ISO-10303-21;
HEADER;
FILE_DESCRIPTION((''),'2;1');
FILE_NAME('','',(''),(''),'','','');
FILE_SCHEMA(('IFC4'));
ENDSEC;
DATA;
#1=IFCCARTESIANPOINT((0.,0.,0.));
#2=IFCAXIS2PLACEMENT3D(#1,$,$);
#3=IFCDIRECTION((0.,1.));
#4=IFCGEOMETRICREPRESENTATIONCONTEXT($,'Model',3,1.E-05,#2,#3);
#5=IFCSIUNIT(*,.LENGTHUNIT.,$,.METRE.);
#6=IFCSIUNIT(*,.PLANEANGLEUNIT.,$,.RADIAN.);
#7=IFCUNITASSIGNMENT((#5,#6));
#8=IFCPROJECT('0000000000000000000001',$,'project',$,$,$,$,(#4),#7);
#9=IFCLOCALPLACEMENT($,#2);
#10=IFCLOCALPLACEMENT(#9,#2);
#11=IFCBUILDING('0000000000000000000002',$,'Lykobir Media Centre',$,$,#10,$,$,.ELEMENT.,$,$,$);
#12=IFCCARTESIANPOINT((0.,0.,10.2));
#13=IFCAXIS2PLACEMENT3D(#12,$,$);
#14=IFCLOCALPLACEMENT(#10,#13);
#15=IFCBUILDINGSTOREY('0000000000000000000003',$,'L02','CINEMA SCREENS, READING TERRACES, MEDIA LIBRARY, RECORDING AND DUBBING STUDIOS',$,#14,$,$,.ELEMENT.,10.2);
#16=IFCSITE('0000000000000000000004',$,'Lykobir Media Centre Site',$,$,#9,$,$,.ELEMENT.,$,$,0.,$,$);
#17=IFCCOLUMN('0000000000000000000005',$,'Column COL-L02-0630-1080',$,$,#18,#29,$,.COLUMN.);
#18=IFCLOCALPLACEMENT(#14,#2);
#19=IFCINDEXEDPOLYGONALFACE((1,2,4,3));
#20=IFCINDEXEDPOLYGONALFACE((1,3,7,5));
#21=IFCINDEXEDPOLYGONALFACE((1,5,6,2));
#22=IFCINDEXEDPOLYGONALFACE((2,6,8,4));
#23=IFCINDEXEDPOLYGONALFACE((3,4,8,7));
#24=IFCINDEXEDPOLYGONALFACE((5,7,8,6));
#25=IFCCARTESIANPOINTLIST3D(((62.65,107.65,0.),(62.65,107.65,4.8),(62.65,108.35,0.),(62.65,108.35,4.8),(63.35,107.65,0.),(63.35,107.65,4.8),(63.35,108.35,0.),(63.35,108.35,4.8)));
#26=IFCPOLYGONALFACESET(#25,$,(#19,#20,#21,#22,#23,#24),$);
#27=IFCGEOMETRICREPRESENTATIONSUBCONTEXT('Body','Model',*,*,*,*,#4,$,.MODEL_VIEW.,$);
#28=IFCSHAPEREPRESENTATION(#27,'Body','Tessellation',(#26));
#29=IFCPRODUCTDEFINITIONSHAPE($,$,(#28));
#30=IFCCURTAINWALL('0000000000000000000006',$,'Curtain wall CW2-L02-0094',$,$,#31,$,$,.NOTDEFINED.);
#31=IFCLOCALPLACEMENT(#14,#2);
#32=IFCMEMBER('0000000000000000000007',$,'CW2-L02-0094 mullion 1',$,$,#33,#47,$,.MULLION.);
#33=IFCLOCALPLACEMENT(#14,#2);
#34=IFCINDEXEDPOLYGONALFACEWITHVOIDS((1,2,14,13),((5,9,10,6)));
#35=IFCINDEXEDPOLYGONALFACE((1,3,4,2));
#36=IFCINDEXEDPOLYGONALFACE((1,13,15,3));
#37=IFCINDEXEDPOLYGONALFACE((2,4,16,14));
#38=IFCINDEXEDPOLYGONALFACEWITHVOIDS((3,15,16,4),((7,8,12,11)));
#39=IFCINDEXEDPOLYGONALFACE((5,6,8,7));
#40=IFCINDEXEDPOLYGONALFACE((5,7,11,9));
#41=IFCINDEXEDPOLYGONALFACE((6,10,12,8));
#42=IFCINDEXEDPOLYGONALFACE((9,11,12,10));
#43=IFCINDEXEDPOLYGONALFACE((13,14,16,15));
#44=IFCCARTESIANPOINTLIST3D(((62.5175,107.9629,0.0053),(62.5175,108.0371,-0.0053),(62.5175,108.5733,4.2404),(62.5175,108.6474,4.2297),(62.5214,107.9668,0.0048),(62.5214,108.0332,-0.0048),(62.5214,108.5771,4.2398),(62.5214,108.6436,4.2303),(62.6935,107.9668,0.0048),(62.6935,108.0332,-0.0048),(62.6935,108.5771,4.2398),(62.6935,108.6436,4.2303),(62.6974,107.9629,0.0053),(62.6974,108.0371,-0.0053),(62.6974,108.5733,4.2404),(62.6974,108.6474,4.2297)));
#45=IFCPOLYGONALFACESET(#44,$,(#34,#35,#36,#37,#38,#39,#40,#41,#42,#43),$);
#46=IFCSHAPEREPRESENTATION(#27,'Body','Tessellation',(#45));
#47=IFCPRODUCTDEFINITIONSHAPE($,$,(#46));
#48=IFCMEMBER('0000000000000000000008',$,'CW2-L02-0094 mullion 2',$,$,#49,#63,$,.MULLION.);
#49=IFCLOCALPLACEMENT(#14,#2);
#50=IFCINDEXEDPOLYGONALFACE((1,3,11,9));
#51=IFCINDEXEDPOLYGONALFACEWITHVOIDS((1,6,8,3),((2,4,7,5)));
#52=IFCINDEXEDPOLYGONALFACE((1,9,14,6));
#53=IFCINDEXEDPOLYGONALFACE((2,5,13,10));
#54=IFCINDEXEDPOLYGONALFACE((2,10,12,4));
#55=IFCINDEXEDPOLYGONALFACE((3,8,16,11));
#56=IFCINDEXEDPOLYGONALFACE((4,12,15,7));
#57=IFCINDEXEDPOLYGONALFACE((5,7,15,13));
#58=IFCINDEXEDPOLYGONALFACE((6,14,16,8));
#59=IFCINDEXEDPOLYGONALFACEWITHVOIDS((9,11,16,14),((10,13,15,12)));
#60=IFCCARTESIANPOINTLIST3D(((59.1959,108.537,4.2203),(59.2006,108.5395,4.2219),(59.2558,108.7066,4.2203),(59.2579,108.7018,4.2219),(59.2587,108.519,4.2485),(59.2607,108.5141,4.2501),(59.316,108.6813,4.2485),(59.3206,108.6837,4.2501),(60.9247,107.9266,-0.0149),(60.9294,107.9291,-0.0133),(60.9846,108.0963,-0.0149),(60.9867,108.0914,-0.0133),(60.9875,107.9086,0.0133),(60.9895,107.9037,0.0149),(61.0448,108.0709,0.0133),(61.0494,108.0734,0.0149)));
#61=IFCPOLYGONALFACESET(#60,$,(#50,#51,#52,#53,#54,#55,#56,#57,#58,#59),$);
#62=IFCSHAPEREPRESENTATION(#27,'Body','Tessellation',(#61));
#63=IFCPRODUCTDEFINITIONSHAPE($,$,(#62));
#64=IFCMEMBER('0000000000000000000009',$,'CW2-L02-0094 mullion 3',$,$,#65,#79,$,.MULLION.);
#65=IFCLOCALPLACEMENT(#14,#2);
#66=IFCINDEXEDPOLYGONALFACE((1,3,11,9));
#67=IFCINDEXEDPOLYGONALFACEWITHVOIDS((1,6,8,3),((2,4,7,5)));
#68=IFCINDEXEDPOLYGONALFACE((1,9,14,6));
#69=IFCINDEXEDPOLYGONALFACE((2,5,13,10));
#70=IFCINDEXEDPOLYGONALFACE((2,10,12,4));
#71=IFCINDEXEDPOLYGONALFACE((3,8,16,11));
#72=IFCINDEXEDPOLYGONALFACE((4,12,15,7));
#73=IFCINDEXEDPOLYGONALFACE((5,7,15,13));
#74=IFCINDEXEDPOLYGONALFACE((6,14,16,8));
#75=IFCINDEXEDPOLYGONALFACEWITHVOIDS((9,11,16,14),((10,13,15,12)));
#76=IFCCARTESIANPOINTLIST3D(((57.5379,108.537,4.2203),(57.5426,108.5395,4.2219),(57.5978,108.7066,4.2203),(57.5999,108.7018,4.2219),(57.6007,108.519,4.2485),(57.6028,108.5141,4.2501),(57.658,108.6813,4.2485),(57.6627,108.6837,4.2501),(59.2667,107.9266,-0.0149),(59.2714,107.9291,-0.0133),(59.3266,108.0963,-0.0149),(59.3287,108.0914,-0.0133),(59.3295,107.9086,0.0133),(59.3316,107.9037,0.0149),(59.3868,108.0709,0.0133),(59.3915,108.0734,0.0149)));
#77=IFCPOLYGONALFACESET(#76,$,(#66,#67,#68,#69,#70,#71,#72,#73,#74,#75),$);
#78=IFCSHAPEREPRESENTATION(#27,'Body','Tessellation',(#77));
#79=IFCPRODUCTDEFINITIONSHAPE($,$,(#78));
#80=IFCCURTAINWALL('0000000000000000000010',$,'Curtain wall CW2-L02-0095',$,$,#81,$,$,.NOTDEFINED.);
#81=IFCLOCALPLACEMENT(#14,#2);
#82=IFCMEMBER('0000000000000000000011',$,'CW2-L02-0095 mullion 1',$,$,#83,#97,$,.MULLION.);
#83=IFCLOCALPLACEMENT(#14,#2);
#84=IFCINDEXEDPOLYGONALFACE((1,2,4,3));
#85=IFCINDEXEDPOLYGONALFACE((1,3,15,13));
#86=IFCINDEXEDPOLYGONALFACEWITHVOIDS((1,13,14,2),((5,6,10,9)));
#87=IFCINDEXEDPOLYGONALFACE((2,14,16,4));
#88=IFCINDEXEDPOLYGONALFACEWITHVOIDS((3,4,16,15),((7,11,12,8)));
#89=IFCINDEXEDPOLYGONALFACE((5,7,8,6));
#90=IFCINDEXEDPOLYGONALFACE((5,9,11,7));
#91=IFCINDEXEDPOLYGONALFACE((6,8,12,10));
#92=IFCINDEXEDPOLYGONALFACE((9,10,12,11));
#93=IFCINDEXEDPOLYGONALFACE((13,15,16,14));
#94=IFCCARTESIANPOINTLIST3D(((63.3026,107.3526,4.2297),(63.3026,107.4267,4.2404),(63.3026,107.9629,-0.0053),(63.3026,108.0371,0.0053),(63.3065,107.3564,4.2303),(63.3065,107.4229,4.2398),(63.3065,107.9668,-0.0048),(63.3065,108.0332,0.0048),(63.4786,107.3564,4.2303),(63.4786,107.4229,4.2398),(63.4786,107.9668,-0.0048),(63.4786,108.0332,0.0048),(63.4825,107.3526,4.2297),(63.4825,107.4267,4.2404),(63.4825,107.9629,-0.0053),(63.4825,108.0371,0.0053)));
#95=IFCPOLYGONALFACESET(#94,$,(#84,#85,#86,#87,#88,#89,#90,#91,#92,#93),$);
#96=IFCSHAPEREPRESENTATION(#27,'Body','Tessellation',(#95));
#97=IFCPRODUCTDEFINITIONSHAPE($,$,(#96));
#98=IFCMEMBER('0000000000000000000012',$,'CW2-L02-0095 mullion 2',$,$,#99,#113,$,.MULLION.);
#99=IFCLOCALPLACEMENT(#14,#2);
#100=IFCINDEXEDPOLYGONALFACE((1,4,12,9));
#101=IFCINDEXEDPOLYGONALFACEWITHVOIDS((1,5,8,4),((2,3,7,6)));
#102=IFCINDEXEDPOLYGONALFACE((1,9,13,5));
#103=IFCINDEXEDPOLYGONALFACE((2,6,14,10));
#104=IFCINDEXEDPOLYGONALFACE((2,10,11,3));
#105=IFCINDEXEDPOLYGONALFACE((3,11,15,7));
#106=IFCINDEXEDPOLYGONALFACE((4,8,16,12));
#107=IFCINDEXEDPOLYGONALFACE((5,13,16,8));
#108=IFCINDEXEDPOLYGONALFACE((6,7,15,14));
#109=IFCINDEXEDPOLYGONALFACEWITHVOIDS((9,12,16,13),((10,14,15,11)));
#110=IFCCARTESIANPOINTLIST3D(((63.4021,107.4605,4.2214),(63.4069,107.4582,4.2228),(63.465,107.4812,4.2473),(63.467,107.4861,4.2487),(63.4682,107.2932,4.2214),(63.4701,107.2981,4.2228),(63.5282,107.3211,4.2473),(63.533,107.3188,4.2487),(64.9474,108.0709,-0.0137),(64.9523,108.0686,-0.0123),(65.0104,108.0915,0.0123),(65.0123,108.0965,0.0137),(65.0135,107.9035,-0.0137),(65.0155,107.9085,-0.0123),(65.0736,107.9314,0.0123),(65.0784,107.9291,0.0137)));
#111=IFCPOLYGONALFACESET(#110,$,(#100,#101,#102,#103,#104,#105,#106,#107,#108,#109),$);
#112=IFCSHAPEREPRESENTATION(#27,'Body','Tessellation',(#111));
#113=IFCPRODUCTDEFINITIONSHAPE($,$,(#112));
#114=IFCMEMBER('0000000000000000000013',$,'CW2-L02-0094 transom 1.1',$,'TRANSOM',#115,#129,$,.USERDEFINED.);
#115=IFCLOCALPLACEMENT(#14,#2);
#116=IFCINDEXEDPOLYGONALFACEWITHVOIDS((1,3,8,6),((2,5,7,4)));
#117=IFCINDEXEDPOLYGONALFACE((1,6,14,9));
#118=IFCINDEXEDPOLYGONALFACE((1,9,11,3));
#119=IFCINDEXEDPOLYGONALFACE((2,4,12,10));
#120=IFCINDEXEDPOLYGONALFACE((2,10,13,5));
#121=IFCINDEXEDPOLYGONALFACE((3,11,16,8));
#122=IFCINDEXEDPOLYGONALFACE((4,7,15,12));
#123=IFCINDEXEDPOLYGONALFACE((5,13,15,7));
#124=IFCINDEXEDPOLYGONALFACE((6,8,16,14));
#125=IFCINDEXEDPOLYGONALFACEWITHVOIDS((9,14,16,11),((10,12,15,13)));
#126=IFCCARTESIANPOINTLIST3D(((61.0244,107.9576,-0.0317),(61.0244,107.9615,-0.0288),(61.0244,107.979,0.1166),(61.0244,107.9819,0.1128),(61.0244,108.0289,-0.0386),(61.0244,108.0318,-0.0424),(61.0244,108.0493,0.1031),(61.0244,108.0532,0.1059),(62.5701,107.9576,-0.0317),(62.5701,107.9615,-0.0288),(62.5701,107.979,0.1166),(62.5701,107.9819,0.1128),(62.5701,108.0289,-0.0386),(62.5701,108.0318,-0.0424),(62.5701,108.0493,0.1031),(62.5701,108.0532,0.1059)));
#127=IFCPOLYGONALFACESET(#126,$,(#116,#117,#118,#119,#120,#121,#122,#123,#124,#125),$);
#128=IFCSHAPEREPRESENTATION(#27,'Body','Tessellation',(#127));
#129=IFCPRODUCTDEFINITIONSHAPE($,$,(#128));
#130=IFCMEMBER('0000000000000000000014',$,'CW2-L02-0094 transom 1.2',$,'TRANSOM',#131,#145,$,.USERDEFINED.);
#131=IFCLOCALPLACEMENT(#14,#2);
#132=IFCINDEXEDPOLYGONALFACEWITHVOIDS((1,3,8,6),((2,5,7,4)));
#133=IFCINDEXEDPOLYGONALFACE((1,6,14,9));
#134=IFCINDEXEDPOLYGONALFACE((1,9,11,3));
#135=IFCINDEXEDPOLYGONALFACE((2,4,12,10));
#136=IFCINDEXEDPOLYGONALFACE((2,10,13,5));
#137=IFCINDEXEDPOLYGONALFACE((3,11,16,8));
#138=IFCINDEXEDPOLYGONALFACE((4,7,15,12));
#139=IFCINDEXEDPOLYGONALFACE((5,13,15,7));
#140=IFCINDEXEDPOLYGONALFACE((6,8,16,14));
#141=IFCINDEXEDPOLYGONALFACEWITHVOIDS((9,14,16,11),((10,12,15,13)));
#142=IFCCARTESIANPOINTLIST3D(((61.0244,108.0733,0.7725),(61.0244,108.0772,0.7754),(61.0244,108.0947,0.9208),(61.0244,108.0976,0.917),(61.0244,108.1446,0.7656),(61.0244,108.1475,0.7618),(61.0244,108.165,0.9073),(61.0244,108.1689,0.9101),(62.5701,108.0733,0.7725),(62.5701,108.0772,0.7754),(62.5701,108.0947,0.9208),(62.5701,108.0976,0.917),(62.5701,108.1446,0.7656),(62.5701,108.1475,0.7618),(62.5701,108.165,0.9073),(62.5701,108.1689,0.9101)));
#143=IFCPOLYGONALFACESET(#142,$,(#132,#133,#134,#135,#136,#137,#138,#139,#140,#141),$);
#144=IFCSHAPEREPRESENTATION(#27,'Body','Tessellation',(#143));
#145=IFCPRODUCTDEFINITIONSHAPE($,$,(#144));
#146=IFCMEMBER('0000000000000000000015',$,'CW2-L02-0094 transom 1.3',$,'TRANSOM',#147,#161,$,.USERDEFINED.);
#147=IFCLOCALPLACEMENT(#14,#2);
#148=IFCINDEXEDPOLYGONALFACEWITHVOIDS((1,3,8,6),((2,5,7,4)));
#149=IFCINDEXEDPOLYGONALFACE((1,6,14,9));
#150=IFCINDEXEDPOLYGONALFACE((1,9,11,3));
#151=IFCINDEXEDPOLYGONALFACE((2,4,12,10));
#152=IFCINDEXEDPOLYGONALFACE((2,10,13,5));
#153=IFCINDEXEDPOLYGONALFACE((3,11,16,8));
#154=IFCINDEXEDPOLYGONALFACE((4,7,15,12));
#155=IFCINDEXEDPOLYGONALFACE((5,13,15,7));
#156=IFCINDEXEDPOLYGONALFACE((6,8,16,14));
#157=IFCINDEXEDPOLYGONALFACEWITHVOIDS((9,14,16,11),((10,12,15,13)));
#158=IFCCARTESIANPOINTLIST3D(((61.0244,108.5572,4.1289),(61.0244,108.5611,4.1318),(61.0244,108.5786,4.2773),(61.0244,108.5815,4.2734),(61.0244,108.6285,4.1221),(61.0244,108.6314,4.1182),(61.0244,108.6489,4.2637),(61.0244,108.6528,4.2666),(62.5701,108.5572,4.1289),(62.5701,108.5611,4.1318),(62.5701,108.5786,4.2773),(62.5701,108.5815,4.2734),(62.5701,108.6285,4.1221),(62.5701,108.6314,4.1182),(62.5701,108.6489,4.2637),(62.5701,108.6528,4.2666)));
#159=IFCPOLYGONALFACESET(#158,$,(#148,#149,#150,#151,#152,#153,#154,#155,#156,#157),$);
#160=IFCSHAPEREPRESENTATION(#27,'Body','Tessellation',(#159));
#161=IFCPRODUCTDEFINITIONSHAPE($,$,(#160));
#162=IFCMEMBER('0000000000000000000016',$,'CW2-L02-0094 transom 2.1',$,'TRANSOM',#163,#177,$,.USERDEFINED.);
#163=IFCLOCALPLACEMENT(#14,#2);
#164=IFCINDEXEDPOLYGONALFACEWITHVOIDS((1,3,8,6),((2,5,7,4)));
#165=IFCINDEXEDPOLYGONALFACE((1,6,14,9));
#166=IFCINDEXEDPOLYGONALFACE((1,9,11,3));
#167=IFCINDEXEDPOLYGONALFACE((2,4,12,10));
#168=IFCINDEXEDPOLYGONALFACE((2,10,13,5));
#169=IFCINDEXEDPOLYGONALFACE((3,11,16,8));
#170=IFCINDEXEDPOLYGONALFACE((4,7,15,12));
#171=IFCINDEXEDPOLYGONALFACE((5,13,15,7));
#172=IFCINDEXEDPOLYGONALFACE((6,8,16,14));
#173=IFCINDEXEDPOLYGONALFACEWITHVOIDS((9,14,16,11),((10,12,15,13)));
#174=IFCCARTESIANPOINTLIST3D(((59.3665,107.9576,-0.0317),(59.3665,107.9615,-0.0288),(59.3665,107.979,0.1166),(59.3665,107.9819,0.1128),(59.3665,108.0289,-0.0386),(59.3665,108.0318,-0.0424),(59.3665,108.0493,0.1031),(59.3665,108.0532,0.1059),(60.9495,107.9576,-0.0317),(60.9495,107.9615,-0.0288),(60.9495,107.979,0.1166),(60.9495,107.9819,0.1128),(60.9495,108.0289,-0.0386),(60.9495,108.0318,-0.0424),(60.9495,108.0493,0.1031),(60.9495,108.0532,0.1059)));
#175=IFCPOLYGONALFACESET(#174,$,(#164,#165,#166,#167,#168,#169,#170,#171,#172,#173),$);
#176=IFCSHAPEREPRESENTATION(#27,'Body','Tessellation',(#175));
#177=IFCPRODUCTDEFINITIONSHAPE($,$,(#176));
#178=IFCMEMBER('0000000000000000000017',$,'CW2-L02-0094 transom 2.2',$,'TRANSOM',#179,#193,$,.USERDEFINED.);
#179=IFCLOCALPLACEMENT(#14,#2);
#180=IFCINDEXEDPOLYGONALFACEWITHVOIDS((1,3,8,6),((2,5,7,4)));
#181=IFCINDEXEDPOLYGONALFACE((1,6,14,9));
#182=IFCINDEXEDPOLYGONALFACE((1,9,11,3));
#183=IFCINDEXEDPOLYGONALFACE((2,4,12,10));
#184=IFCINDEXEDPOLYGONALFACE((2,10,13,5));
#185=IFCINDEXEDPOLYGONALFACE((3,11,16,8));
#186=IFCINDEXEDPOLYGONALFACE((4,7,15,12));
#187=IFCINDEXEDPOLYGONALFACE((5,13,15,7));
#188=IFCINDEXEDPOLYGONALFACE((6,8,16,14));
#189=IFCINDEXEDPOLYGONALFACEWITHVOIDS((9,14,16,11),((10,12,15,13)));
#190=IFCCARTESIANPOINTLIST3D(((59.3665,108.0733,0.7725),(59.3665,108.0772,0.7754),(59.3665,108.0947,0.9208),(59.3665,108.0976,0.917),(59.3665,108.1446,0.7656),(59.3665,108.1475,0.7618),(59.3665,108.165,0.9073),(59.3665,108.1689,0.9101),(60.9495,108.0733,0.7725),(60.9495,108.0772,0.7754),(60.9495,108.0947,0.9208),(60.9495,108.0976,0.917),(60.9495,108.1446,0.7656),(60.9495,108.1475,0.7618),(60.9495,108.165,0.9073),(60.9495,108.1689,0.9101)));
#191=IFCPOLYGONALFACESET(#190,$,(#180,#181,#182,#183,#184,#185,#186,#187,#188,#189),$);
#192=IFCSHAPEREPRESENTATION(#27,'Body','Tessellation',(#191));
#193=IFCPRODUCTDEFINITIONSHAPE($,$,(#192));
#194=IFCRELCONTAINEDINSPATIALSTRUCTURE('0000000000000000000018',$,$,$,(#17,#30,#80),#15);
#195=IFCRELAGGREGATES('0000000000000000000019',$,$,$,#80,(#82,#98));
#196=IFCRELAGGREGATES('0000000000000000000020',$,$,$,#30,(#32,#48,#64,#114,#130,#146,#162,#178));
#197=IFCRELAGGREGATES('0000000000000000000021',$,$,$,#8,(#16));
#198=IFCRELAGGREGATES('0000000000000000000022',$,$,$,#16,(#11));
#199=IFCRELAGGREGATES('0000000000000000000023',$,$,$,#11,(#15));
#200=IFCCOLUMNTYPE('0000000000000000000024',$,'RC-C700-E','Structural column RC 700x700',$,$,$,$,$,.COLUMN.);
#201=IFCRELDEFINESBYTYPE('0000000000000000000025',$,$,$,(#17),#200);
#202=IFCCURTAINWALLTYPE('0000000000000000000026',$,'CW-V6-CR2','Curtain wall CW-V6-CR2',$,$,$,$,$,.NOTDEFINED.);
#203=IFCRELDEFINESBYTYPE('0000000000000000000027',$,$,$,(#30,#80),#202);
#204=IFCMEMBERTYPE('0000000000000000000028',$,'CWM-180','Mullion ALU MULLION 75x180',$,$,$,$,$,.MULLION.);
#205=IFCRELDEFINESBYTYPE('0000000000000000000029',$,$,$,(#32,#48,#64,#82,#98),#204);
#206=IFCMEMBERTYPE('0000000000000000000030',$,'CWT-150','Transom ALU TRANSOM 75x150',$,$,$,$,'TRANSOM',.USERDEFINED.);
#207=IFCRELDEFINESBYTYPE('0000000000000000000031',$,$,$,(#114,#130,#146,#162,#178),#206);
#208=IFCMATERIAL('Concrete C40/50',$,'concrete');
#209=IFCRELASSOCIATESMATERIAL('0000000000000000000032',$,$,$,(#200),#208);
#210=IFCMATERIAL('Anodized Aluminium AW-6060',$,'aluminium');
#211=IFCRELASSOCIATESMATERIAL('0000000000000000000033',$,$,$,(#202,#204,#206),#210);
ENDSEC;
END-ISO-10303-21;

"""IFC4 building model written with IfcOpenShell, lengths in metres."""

from ifc_helpers import new_model, si_unit, direction, frame, origin, origin_2d, place, context, subcontext, project, spatial, rectangle, hollow_rectangle, extrude, material, material_profile, profile_set, type_object, element, aggregate, save


model = new_model("IFC4")

# Units and contexts
model_context = context("Model", 3, precision=1e-05, world=origin(), true_north=direction((0.0, 1.0)))
body_context = subcontext(model_context, "Body", "Model", "MODEL_VIEW")
ifc_project = project(units=[si_unit("LENGTHUNIT", "METRE"), si_unit("PLANEANGLEUNIT", "RADIAN")], contexts=[model_context])

# Site, building, storey
site_placement = place(None, origin())
site = spatial("IfcSite", under=ifc_project, at=site_placement, Name="Lykobir Media Centre Site", CompositionType="ELEMENT", RefElevation=0.0)
building_placement = place(site_placement, origin())
building = spatial("IfcBuilding", under=site, at=building_placement, Name="Lykobir Media Centre", CompositionType="ELEMENT")
storey_placement = place(building_placement, frame((0.0, 0.0, 10.2)))
storey = spatial("IfcBuildingStorey", under=building, at=storey_placement, Name="L02", Description="CINEMA SCREENS, READING TERRACES, MEDIA LIBRARY, RECORDING AND DUBBING STUDIOS", CompositionType="ELEMENT", Elevation=10.2)

# Column
ifc_material_1 = material(Name="Concrete C40/50", Category="concrete")
ifc_material_profile_1 = material_profile(ifc_material_1, rectangle(XDim=0.7, YDim=0.7, at=origin_2d()), Name="RC 700x700")
ifc_profile_set_1 = profile_set([ifc_material_profile_1], Name="Concrete C40/50")
column_type = type_object("IfcColumnType", Name="RC-C700-E", Description="Structural column RC 700x700", PredefinedType="COLUMN", material=ifc_profile_set_1)
column_placement = place(storey_placement, frame((63.0, 108.0, 0.0), z_axis=(0.0, 0.0, 1.0), x_axis=(1.0, 0.0, 0.0)))
element("IfcColumn", 1, at=column_placement, inside=storey, type_object=column_type, Name="Column COL-L02-0630-1080", PredefinedType="COLUMN", context=body_context, shape_type="SweptSolid", body=[
    extrude(rectangle(XDim=0.7, YDim=0.7, at=origin_2d()), origin(), (0.0, 0.0, 1.0), 4.8),
])

# Curtain walls, members
ifc_material_2 = material(Name="Anodized Aluminium AW-6060", Category="aluminium")
curtain_wall_type = type_object("IfcCurtainWallType", Name="CW-V6-CR2", Description="Curtain wall CW-V6-CR2", PredefinedType="NOTDEFINED", material=ifc_material_2)
curtain_wall_1_placement = place(storey_placement, origin())
curtain_wall_1 = element("IfcCurtainWall", 2, at=curtain_wall_1_placement, inside=storey, type_object=curtain_wall_type, Name="Curtain wall CW2-L02-0094", PredefinedType="NOTDEFINED")
ifc_material_profile_2 = material_profile(ifc_material_2, hollow_rectangle(XDim=0.075, YDim=0.1799, WallThickness=0.0039, at=origin_2d()), Name="ALU MULLION 75x180")
ifc_profile_set_2 = profile_set([ifc_material_profile_2], Name="Anodized Aluminium AW-6060")
member_type_1 = type_object("IfcMemberType", Name="CWM-180", Description="Mullion ALU MULLION 75x180", PredefinedType="MULLION", material=ifc_profile_set_2)
member_1_placement = place(storey_placement, frame((62.6074, 108.0, 0.0), z_axis=(0.0, 0.142643, 0.989774), x_axis=(0.0, 0.989774, -0.142643)))
member_1 = element("IfcMember", 3, at=member_1_placement, type_object=member_type_1, Name="CW2-L02-0094 mullion 1", PredefinedType="MULLION", context=body_context, shape_type="SweptSolid", body=[
    extrude(hollow_rectangle(XDim=0.075, YDim=0.1799, WallThickness=0.0039, at=origin_2d()), origin(), (0.0, 0.0, 1.0), 4.2788),
])
member_2_placement = place(storey_placement, frame((60.9871, 108.0, 0.0), z_axis=(-0.374604, 0.132257, 0.917704), x_axis=(-0.865354, 0.30552, -0.397266)))
member_2 = element("IfcMember", 4, at=member_2_placement, type_object=member_type_1, Name="CW2-L02-0094 mullion 2", PredefinedType="MULLION", context=body_context, shape_type="SweptSolid", body=[
    extrude(hollow_rectangle(XDim=0.075, YDim=0.1799, WallThickness=0.0039, at=origin_2d()), origin(), (0.0, 0.0, 1.0), 4.615),
])
member_3_placement = place(storey_placement, frame((59.3291, 108.0, 0.0), z_axis=(-0.374604, 0.132257, 0.917704), x_axis=(-0.865354, 0.30552, -0.397266)))
member_3 = element("IfcMember", 5, at=member_3_placement, type_object=member_type_1, Name="CW2-L02-0094 mullion 3", PredefinedType="MULLION", context=body_context, shape_type="SweptSolid", body=[
    extrude(hollow_rectangle(XDim=0.075, YDim=0.1799, WallThickness=0.0039, at=origin_2d()), origin(), (0.0, 0.0, 1.0), 4.615),
])
curtain_wall_2_placement = place(storey_placement, origin())
curtain_wall_2 = element("IfcCurtainWall", 6, at=curtain_wall_2_placement, inside=storey, type_object=curtain_wall_type, Name="Curtain wall CW2-L02-0095", PredefinedType="NOTDEFINED")
member_4_placement = place(storey_placement, frame((63.3926, 108.0, 0.0), z_axis=(0.0, -0.142643, 0.989774), x_axis=(0.0, 0.989774, 0.142643)))
member_4 = element("IfcMember", 7, at=member_4_placement, type_object=member_type_1, Name="CW2-L02-0095 mullion 1", PredefinedType="MULLION", context=body_context, shape_type="SweptSolid", body=[
    extrude(hollow_rectangle(XDim=0.075, YDim=0.1799, WallThickness=0.0039, at=origin_2d()), origin(), (0.0, 0.0, 1.0), 4.2788),
])
member_5_placement = place(storey_placement, frame((65.0129, 108.0, 0.0), z_axis=(-0.339696, -0.134161, 0.930917), x_axis=(0.865836, 0.341957, 0.36523)))
member_5 = element("IfcMember", 8, at=member_5_placement, type_object=member_type_1, Name="CW2-L02-0095 mullion 2", PredefinedType="MULLION", context=body_context, shape_type="SweptSolid", body=[
    extrude(hollow_rectangle(XDim=0.075, YDim=0.1799, WallThickness=0.0039, at=origin_2d()), origin(), (0.0, 0.0, 1.0), 4.5493),
])

# Members
ifc_material_profile_3 = material_profile(ifc_material_2, hollow_rectangle(XDim=0.075, YDim=0.1499, WallThickness=0.0034, at=origin_2d()), Name="ALU TRANSOM 75x150")
ifc_profile_set_3 = profile_set([ifc_material_profile_3], Name="Anodized Aluminium AW-6060")
member_type_2 = type_object("IfcMemberType", Name="CWT-150", Description="Transom ALU TRANSOM 75x150", ElementType="TRANSOM", PredefinedType="USERDEFINED", material=ifc_profile_set_3)
member_6_placement = place(storey_placement, frame((62.5701, 108.0054, 0.0371), z_axis=(-1.0, 0.0, 0.0), x_axis=(0.0, -0.989776, 0.142629)))
member_6 = element("IfcMember", 9, at=member_6_placement, type_object=member_type_2, Name="CW2-L02-0094 transom 1.1", ObjectType="TRANSOM", PredefinedType="USERDEFINED", context=body_context, shape_type="SweptSolid", body=[
    extrude(hollow_rectangle(XDim=0.075, YDim=0.1499, WallThickness=0.0034, at=origin_2d()), origin(), (0.0, 0.0, 1.0), 1.5457),
])
member_7_placement = place(storey_placement, frame((62.5701, 108.1211, 0.8413), z_axis=(-1.0, 0.0, 0.0), x_axis=(0.0, -0.989776, 0.142629)))
member_7 = element("IfcMember", 10, at=member_7_placement, type_object=member_type_2, Name="CW2-L02-0094 transom 1.2", ObjectType="TRANSOM", PredefinedType="USERDEFINED", context=body_context, shape_type="SweptSolid", body=[
    extrude(hollow_rectangle(XDim=0.075, YDim=0.1499, WallThickness=0.0034, at=origin_2d()), origin(), (0.0, 0.0, 1.0), 1.5457),
])
member_8_placement = place(storey_placement, frame((62.5701, 108.605, 4.1978), z_axis=(-1.0, 0.0, 0.0), x_axis=(0.0, -0.989776, 0.142629)))
member_8 = element("IfcMember", 11, at=member_8_placement, type_object=member_type_2, Name="CW2-L02-0094 transom 1.3", ObjectType="TRANSOM", PredefinedType="USERDEFINED", context=body_context, shape_type="SweptSolid", body=[
    extrude(hollow_rectangle(XDim=0.075, YDim=0.1499, WallThickness=0.0034, at=origin_2d()), origin(), (0.0, 0.0, 1.0), 1.5457),
])
member_9_placement = place(storey_placement, frame((60.9495, 108.0054, 0.0371), z_axis=(-1.0, 0.0, 0.0), x_axis=(0.0, -0.989776, 0.142629)))
member_9 = element("IfcMember", 12, at=member_9_placement, type_object=member_type_2, Name="CW2-L02-0094 transom 2.1", ObjectType="TRANSOM", PredefinedType="USERDEFINED", context=body_context, shape_type="SweptSolid", body=[
    extrude(hollow_rectangle(XDim=0.075, YDim=0.1499, WallThickness=0.0034, at=origin_2d()), origin(), (0.0, 0.0, 1.0), 1.583),
])
member_10_placement = place(storey_placement, frame((60.9495, 108.1211, 0.8413), z_axis=(-1.0, 0.0, 0.0), x_axis=(0.0, -0.989776, 0.142629)))
member_10 = element("IfcMember", 13, at=member_10_placement, type_object=member_type_2, Name="CW2-L02-0094 transom 2.2", ObjectType="TRANSOM", PredefinedType="USERDEFINED", context=body_context, shape_type="SweptSolid", body=[
    extrude(hollow_rectangle(XDim=0.075, YDim=0.1499, WallThickness=0.0034, at=origin_2d()), origin(), (0.0, 0.0, 1.0), 1.583),
])

aggregate(curtain_wall_2, [member_4, member_5])
aggregate(curtain_wall_1, [member_1, member_2, member_3, member_6, member_7, member_8, member_9, member_10])

save(model, "model.ifc")
